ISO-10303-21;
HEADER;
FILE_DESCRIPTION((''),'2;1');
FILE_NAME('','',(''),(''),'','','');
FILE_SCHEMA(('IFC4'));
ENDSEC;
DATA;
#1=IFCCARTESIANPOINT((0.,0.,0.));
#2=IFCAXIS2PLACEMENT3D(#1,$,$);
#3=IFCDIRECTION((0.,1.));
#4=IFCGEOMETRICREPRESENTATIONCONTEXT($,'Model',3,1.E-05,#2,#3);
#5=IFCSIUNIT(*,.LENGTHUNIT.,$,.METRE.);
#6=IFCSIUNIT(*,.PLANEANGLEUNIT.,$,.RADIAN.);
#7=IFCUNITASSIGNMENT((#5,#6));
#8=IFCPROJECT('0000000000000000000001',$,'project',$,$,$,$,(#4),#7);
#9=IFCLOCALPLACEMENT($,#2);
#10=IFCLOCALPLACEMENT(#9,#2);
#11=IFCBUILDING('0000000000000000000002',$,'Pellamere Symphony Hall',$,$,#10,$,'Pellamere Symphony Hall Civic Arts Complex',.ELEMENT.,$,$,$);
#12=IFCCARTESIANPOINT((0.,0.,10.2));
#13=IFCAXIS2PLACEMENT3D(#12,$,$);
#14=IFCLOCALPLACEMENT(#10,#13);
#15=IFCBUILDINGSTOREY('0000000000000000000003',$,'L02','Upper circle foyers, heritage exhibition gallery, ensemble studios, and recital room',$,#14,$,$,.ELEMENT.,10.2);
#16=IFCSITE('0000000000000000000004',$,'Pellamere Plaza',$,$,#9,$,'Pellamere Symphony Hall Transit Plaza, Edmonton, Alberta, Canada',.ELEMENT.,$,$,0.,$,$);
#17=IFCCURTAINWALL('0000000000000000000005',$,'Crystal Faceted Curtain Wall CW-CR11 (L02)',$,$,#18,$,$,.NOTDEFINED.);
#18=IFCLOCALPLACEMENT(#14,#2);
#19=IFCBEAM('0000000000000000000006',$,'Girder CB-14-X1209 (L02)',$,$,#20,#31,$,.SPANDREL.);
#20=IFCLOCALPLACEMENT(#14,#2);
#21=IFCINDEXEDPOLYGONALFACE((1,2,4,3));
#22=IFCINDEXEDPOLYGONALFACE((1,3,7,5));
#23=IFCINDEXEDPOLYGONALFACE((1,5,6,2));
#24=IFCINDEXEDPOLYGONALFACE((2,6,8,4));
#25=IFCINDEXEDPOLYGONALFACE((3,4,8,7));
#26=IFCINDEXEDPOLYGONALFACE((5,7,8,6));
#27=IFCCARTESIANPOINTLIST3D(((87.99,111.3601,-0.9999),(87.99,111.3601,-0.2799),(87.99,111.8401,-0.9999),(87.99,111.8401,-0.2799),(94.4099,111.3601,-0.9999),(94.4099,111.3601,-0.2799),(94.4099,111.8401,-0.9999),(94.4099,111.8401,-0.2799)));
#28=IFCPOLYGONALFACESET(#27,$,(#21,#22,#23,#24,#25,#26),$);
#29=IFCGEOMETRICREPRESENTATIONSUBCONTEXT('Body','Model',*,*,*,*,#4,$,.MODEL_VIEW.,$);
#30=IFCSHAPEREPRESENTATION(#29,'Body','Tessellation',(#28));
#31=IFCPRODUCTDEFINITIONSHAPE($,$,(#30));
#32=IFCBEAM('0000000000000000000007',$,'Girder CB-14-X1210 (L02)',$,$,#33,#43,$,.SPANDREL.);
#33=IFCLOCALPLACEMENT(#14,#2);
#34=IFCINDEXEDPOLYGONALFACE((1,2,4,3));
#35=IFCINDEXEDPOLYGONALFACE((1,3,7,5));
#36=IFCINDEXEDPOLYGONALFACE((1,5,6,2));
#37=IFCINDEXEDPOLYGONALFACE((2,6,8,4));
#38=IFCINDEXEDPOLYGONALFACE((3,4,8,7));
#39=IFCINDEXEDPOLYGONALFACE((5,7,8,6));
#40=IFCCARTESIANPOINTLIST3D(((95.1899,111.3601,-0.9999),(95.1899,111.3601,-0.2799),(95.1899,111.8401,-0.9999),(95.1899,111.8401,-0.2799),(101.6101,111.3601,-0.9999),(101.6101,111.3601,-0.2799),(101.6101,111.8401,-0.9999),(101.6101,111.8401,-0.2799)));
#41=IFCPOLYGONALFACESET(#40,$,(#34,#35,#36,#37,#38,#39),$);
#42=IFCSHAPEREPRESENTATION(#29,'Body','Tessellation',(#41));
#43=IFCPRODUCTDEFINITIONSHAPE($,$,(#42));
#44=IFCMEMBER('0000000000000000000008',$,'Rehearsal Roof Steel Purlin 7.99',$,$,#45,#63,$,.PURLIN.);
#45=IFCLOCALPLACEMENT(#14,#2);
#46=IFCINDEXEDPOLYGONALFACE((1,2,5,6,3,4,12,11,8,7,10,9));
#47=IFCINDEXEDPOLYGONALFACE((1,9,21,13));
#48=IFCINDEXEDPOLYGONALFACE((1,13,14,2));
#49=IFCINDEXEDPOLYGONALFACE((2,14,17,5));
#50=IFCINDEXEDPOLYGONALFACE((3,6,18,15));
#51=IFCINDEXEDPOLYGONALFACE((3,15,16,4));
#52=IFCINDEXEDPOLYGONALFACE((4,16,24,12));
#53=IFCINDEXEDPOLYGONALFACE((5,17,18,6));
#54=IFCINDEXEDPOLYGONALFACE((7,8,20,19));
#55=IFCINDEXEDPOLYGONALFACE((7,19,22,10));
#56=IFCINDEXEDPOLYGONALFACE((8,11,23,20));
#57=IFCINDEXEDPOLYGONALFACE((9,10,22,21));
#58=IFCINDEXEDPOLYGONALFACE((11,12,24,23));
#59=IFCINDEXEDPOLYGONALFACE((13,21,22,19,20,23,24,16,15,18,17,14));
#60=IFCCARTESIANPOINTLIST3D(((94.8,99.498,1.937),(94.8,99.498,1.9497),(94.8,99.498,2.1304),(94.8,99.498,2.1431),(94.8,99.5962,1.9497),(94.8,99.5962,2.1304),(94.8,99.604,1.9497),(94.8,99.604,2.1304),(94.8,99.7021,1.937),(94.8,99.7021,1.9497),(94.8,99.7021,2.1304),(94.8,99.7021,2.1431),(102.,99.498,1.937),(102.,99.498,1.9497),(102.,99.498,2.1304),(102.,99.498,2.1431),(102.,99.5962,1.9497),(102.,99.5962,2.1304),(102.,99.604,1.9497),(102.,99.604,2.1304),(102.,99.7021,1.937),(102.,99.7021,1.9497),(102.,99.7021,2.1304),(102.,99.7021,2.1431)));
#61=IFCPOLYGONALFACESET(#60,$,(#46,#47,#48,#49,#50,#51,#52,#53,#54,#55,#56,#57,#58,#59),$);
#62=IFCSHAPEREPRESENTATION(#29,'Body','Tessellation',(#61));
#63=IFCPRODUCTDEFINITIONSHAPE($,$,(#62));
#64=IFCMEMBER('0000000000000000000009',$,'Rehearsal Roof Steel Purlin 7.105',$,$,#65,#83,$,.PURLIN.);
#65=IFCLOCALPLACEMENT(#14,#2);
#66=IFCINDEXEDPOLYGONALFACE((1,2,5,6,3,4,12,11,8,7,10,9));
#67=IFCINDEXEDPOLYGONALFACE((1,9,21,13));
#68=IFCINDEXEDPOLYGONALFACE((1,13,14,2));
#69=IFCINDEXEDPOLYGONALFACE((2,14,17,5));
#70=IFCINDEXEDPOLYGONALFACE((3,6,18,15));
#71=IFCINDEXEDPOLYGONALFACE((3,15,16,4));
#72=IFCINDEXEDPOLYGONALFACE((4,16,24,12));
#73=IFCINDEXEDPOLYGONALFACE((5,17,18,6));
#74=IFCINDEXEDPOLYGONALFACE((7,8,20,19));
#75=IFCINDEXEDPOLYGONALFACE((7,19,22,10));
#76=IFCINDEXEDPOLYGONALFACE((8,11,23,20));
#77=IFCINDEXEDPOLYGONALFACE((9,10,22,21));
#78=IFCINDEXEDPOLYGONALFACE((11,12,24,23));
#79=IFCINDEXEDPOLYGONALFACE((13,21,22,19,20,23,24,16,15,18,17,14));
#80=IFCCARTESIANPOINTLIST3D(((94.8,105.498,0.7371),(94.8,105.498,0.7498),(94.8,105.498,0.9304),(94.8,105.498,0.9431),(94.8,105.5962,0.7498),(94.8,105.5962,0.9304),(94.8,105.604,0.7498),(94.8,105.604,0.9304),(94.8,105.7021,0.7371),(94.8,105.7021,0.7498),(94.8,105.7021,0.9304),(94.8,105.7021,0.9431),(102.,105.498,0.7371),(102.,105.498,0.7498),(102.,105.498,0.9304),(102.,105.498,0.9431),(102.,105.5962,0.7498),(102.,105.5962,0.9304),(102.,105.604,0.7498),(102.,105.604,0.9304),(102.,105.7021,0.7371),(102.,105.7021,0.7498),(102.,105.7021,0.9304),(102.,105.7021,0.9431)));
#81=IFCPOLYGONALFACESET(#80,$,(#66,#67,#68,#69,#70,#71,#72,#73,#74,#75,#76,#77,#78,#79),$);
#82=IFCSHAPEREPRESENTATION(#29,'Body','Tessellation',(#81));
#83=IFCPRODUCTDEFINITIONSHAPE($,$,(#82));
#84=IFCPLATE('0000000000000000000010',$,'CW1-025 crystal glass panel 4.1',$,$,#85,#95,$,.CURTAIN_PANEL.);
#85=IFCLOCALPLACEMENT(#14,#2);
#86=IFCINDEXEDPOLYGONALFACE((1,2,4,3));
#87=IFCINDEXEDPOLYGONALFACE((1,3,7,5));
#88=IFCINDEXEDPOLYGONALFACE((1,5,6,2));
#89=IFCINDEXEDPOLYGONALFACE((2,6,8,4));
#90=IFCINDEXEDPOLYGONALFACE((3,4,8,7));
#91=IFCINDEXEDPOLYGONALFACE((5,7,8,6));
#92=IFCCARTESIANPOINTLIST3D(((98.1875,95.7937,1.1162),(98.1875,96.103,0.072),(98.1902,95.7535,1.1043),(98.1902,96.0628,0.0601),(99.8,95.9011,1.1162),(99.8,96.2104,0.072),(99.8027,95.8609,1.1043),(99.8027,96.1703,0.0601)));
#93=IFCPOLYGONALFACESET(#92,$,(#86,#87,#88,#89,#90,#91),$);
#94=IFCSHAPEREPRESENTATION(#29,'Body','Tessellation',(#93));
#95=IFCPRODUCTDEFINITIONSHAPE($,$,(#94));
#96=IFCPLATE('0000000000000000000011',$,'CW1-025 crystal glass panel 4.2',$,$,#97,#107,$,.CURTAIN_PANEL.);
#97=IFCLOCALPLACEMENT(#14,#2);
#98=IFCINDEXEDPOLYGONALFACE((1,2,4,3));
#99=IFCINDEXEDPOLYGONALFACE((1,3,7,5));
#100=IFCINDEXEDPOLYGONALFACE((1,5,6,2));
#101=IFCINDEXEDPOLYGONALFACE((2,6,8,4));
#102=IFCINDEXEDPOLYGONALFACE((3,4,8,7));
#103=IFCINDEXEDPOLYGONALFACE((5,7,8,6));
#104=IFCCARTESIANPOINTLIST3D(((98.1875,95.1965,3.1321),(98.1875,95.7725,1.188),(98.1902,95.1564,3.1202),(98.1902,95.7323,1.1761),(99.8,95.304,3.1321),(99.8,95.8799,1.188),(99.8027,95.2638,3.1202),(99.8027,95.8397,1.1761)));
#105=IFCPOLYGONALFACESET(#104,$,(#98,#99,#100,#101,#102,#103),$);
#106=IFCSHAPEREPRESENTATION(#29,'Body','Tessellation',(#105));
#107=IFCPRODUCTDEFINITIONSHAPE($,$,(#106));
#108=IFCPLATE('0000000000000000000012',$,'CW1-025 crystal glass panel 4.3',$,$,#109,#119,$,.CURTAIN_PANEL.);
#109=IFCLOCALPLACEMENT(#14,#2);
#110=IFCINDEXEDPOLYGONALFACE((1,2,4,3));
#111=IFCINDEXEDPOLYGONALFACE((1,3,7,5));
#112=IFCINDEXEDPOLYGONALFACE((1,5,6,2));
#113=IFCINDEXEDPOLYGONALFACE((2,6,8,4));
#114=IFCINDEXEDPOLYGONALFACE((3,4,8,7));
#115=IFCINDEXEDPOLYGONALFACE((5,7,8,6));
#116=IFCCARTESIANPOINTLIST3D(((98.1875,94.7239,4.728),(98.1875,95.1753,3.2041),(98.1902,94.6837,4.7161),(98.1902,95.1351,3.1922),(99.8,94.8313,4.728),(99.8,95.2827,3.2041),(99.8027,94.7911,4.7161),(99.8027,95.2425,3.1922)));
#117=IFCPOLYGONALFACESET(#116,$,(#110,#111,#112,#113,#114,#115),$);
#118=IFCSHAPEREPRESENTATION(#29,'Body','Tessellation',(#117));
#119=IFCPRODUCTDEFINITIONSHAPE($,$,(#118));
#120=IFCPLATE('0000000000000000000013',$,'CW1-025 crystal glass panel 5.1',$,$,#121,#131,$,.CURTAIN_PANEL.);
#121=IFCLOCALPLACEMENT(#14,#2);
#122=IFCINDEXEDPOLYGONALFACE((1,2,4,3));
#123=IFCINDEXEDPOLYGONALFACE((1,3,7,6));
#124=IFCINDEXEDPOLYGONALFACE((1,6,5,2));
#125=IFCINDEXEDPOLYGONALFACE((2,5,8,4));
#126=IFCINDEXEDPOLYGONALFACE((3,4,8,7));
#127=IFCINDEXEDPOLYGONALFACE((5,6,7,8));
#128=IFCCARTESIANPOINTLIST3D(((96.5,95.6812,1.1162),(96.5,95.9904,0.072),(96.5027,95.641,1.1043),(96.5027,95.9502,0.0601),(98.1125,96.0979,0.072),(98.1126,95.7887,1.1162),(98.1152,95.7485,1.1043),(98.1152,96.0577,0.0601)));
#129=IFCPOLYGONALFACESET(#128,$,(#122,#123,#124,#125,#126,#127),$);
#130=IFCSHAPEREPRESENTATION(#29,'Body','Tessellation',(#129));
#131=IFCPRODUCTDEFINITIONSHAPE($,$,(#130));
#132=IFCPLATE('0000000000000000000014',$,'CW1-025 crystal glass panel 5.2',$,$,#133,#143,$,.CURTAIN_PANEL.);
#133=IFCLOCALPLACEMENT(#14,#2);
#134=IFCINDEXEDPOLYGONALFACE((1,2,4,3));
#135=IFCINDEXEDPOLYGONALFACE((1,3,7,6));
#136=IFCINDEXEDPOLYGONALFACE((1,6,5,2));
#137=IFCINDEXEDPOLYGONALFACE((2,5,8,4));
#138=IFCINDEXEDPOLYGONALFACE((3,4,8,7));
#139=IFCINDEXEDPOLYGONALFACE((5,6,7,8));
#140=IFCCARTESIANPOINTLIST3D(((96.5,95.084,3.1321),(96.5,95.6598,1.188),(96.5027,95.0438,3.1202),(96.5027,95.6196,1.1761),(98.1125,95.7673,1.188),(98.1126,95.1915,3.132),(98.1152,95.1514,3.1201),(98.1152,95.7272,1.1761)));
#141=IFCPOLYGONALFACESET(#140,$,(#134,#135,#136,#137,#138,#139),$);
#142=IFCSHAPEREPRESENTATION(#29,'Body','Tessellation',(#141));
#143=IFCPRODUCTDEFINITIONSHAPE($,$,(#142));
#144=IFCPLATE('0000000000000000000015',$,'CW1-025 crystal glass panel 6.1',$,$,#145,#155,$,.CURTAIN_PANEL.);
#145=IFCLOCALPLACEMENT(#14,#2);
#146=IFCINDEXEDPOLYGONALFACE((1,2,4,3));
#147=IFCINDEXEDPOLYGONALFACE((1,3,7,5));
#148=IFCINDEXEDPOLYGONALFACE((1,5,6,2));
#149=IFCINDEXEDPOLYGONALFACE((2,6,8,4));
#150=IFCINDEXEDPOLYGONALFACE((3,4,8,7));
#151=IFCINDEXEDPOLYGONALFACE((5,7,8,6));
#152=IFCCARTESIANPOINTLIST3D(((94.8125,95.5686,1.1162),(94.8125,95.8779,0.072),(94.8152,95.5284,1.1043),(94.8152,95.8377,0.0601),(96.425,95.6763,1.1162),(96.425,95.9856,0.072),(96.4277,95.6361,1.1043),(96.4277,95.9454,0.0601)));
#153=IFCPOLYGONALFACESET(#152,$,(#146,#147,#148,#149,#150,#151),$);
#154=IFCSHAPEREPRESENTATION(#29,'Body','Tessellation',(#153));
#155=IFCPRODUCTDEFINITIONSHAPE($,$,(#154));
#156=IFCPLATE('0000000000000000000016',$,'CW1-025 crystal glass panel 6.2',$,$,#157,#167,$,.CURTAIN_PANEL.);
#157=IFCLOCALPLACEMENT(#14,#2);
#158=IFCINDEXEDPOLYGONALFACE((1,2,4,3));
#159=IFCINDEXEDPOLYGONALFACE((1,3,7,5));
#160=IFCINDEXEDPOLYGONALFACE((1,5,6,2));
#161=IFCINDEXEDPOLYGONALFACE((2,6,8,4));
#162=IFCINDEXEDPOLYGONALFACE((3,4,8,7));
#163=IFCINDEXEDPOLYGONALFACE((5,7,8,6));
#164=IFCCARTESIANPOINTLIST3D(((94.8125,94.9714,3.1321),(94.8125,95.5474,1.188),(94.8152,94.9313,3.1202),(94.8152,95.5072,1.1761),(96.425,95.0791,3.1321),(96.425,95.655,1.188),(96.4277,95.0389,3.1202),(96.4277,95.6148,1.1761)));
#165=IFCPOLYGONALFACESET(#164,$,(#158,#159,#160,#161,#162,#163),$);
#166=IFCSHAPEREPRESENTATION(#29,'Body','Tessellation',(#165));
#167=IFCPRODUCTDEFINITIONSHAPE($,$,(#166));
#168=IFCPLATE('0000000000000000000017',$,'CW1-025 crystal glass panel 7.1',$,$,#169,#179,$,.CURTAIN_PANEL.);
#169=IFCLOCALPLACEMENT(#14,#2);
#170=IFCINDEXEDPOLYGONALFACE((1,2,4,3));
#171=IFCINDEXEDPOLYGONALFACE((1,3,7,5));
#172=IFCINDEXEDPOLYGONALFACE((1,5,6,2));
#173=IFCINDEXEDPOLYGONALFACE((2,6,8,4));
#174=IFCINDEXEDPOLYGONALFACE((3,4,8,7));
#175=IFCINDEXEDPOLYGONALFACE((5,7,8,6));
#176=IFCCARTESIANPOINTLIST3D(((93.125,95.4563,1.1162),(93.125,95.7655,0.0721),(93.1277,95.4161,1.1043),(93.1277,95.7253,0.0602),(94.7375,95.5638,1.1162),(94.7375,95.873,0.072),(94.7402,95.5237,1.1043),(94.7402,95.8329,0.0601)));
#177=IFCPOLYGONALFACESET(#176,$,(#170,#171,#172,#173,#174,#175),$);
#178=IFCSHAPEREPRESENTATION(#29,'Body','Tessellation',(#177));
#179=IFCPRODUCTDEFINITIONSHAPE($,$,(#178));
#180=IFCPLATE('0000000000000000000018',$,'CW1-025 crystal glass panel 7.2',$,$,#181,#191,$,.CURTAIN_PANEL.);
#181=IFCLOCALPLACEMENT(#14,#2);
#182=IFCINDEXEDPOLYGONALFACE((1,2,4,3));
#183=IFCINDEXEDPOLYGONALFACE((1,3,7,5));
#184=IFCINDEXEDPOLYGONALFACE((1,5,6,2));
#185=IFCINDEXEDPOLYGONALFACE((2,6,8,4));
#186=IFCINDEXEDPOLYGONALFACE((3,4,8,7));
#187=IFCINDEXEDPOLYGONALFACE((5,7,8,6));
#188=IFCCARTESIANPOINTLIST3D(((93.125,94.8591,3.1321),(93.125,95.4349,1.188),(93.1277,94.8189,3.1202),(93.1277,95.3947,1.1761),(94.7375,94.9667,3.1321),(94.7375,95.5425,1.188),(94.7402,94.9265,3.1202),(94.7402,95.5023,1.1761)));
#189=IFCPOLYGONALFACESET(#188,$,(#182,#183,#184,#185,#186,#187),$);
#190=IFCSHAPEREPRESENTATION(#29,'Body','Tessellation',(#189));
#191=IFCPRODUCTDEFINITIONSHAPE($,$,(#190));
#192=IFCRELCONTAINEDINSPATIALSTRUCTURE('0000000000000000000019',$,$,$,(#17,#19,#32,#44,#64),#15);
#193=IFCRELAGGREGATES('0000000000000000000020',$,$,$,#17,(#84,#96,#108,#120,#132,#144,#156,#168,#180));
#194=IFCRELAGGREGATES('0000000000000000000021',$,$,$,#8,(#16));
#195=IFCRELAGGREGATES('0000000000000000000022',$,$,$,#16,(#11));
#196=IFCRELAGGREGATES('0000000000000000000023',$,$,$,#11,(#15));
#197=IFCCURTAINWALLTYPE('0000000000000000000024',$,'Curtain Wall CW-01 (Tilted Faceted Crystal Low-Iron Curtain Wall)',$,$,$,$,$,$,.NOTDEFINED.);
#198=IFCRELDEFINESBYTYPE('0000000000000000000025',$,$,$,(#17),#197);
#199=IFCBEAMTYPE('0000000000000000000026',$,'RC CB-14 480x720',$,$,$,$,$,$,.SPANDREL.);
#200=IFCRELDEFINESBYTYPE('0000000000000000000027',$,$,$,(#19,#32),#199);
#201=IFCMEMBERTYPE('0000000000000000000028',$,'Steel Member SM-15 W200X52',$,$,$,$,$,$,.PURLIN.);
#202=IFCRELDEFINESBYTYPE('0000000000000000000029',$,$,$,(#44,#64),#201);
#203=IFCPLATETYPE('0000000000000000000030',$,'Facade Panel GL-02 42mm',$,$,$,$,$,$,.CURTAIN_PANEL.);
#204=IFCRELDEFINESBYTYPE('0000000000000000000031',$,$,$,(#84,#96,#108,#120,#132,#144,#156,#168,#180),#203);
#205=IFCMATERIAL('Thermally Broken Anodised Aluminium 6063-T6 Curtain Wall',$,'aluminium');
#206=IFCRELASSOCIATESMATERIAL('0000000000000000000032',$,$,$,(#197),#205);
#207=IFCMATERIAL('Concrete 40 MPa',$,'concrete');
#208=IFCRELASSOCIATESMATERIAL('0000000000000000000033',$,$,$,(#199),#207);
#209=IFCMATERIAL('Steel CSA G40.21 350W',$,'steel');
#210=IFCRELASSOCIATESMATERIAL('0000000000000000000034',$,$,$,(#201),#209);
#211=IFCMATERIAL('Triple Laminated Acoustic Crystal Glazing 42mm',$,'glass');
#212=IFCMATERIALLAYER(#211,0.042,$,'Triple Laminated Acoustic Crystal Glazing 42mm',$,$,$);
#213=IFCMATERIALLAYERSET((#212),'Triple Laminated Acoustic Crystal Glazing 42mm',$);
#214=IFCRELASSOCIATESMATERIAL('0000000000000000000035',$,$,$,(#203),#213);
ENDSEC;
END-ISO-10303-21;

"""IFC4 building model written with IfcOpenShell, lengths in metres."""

from ifc_helpers import new_model, si_unit, direction, frame, origin, origin_2d, place, context, subcontext, project, spatial, polyline, rectangle, i_section, outline, extrude, material, layer, layer_set, material_profile, profile_set, type_object, element, aggregate, save


model = new_model("IFC4")

# Units and contexts
model_context = context("Model", 3, precision=1e-05, world=origin(), true_north=direction((0.0, 1.0)))
body_context = subcontext(model_context, "Body", "Model", "MODEL_VIEW")
ifc_project = project(units=[si_unit("LENGTHUNIT", "METRE"), si_unit("PLANEANGLEUNIT", "RADIAN")], contexts=[model_context])

# Site, building, storey
site_placement = place(None, origin())
site = spatial("IfcSite", under=ifc_project, at=site_placement, Name="Pellamere Plaza", LongName="Pellamere Symphony Hall Transit Plaza, Edmonton, Alberta, Canada", CompositionType="ELEMENT", RefElevation=0.0)
building_placement = place(site_placement, origin())
building = spatial("IfcBuilding", under=site, at=building_placement, Name="Pellamere Symphony Hall", LongName="Pellamere Symphony Hall Civic Arts Complex", CompositionType="ELEMENT")
storey_placement = place(building_placement, frame((0.0, 0.0, 10.2)))
storey = spatial("IfcBuildingStorey", under=building, at=storey_placement, Name="L02", Description="Upper circle foyers, heritage exhibition gallery, ensemble studios, and recital room", CompositionType="ELEMENT", Elevation=10.2)

# Curtain wall
ifc_material_1 = material(Name="Thermally Broken Anodised Aluminium 6063-T6 Curtain Wall", Category="aluminium")
curtain_wall_type = type_object("IfcCurtainWallType", Name="Curtain Wall CW-01 (Tilted Faceted Crystal Low-Iron Curtain Wall)", PredefinedType="NOTDEFINED", material=ifc_material_1)
curtain_wall_1_placement = place(storey_placement, origin())
curtain_wall_1 = element("IfcCurtainWall", 1, at=curtain_wall_1_placement, inside=storey, type_object=curtain_wall_type, Name="Crystal Faceted Curtain Wall CW-CR11 (L02)", PredefinedType="NOTDEFINED")

# Beams
ifc_material_2 = material(Name="Concrete 40 MPa", Category="concrete")
ifc_material_profile_1 = material_profile(ifc_material_2, rectangle(XDim=0.48, YDim=0.72, at=origin_2d()), Name="RC 480x720")
ifc_profile_set_1 = profile_set([ifc_material_profile_1], Name="Concrete 40 MPa")
beam_type = type_object("IfcBeamType", Name="RC CB-14 480x720", PredefinedType="SPANDREL", material=ifc_profile_set_1)
beam_1_placement = place(storey_placement, frame((87.99, 111.6001, -0.6399), z_axis=(1.0, 0.0, 0.0), x_axis=(0.0, 1.0, 0.0)))
element("IfcBeam", 2, at=beam_1_placement, inside=storey, type_object=beam_type, Name="Girder CB-14-X1209 (L02)", PredefinedType="SPANDREL", context=body_context, shape_type="SweptSolid", body=[
    extrude(rectangle(XDim=0.48, YDim=0.72, at=origin_2d()), origin(), (0.0, 0.0, 1.0), 6.4199),
])
beam_2_placement = place(storey_placement, frame((95.1899, 111.6001, -0.6399), z_axis=(1.0, 0.0, 0.0), x_axis=(0.0, 1.0, 0.0)))
element("IfcBeam", 3, at=beam_2_placement, inside=storey, type_object=beam_type, Name="Girder CB-14-X1210 (L02)", PredefinedType="SPANDREL", context=body_context, shape_type="SweptSolid", body=[
    extrude(rectangle(XDim=0.48, YDim=0.72, at=origin_2d()), origin(), (0.0, 0.0, 1.0), 6.4202),
])

# Members
ifc_material_3 = material(Name="Steel CSA G40.21 350W", Category="steel")
ifc_material_profile_2 = material_profile(ifc_material_3, i_section(OverallWidth=0.2041, OverallDepth=0.2061, WebThickness=0.0078, FlangeThickness=0.0127, at=origin_2d()), Name="W200X52")
ifc_profile_set_2 = profile_set([ifc_material_profile_2], Name="Steel CSA G40.21 350W")
member_type_1 = type_object("IfcMemberType", Name="Steel Member SM-15 W200X52", PredefinedType="PURLIN", material=ifc_profile_set_2)
for number, where, z_axis, x_axis, name in (
    (4, (94.8, 99.6001, 2.04), (1.0, 0.0, 0.0), (0.0, 1.0, 0.0), "Rehearsal Roof Steel Purlin 7.99"),
    (5, (94.8, 105.6001, 0.8401), (1.0, 0.0, 0.0), (0.0, 1.0, 0.0), "Rehearsal Roof Steel Purlin 7.105"),
):
    element("IfcMember", number, at=place(storey_placement, frame(where, z_axis=z_axis, x_axis=x_axis)), inside=storey, type_object=member_type_1, Name=name, PredefinedType="PURLIN", context=body_context, shape_type="SweptSolid", body=[
        extrude(i_section(OverallWidth=0.2041, OverallDepth=0.2061, WebThickness=0.0078, FlangeThickness=0.0127, at=origin_2d()), origin(), (0.0, 0.0, 1.0), 7.2),
    ])

# Plates
ifc_material_4 = material(Name="Triple Laminated Acoustic Crystal Glazing 42mm", Category="glass")
ifc_layer = layer(ifc_material_4, 0.042, Name="Triple Laminated Acoustic Crystal Glazing 42mm")
ifc_layer_set = layer_set([ifc_layer], Name="Triple Laminated Acoustic Crystal Glazing 42mm")
plate_type = type_object("IfcPlateType", Name="Facade Panel GL-02 42mm", PredefinedType="CURTAIN_PANEL", material=ifc_layer_set)
plate_1_placement = place(storey_placement, frame((99.8, 96.2104, 0.072), z_axis=(-0.063743, 0.956864, 0.283457), x_axis=(-0.997788, -0.066469, 0.0)))
plate_1 = element("IfcPlate", 6, at=plate_1_placement, type_object=plate_type, Name="CW1-025 crystal glass panel 4.1", PredefinedType="CURTAIN_PANEL", context=body_context, shape_type="SweptSolid", body=[
    extrude(outline(polyline([(0.0, 0.0), (1.6161, 0.0), (1.6367, 1.0888), (0.0206, 1.0888), (0.0, 0.0)])), origin(), (0.0, 0.0, -1.0), 0.042),
])
plate_2_placement = place(storey_placement, frame((99.8, 95.8799, 1.188), z_axis=(-0.063742, 0.956862, 0.283466), x_axis=(-0.997788, -0.066469, 0.0)))
plate_2 = element("IfcPlate", 7, at=plate_2_placement, type_object=plate_type, Name="CW1-025 crystal glass panel 4.2", PredefinedType="CURTAIN_PANEL", context=body_context, shape_type="SweptSolid", body=[
    extrude(outline(polyline([(0.0, 0.0), (1.6161, 0.0), (1.6544, 2.0272), (0.0383, 2.0272), (0.0, 0.0)])), origin(), (0.0, 0.0, -1.0), 0.042),
])
plate_3_placement = place(storey_placement, frame((99.8, 95.2827, 3.2041), z_axis=(-0.063743, 0.956868, 0.283443), x_axis=(-0.997788, -0.066469, 0.0)))
plate_3 = element("IfcPlate", 8, at=plate_3_placement, type_object=plate_type, Name="CW1-025 crystal glass panel 4.3", PredefinedType="CURTAIN_PANEL", context=body_context, shape_type="SweptSolid", body=[
    extrude(outline(polyline([(0.0, 0.0), (1.6161, 0.0), (1.6461, 1.5891), (0.03, 1.5891), (0.0, 0.0)])), origin(), (0.0, 0.0, -1.0), 0.042),
])
plate_4_placement = place(storey_placement, frame((98.1125, 96.0979, 0.072), z_axis=(-0.063817, 0.95689, 0.283353), x_axis=(-0.997784, -0.066538, -0.00002)))
plate_4 = element("IfcPlate", 9, at=plate_4_placement, type_object=plate_type, Name="CW1-025 crystal glass panel 5.1", PredefinedType="CURTAIN_PANEL", context=body_context, shape_type="SweptSolid", body=[
    extrude(outline(polyline([(0.0, 0.0), (1.6161, 0.0), (1.6367, 1.0888), (0.0205, 1.0888), (0.0, 0.0)])), origin(), (0.0, 0.0, -1.0), 0.042),
])
plate_5_placement = place(storey_placement, frame((98.1125, 95.7673, 1.188), z_axis=(-0.063816, 0.956873, 0.283409), x_axis=(-0.997784, -0.066538, -0.00002)))
plate_5 = element("IfcPlate", 10, at=plate_5_placement, type_object=plate_type, Name="CW1-025 crystal glass panel 5.2", PredefinedType="CURTAIN_PANEL", context=body_context, shape_type="SweptSolid", body=[
    extrude(outline(polyline([(0.0, 0.0), (1.6161, 0.0), (1.6544, 2.0272), (0.0383, 2.0272), (0.0, 0.0)])), origin(), (0.0, 0.0, -1.0), 0.042),
])
plate_6_placement = place(storey_placement, frame((96.425, 95.9856, 0.072), z_axis=(-0.063887, 0.956855, 0.283455), x_axis=(-0.997778, -0.066619, 0.0)))
plate_6 = element("IfcPlate", 11, at=plate_6_placement, type_object=plate_type, Name="CW1-025 crystal glass panel 6.1", PredefinedType="CURTAIN_PANEL", context=body_context, shape_type="SweptSolid", body=[
    extrude(outline(polyline([(0.0, 0.0), (1.6161, 0.0), (1.6367, 1.0888), (0.0206, 1.0888), (0.0, 0.0)])), origin(), (0.0, 0.0, -1.0), 0.042),
])
plate_7_placement = place(storey_placement, frame((96.425, 95.655, 1.188), z_axis=(-0.063887, 0.956853, 0.283463), x_axis=(-0.997778, -0.066619, 0.0)))
plate_7 = element("IfcPlate", 12, at=plate_7_placement, type_object=plate_type, Name="CW1-025 crystal glass panel 6.2", PredefinedType="CURTAIN_PANEL", context=body_context, shape_type="SweptSolid", body=[
    extrude(outline(polyline([(0.0, 0.0), (1.6161, 0.0), (1.6545, 2.0272), (0.0384, 2.0272), (0.0, 0.0)])), origin(), (0.0, 0.0, -1.0), 0.042),
])
plate_8_placement = place(storey_placement, frame((94.7375, 95.873, 0.072), z_axis=(-0.063817, 0.95689, 0.283353), x_axis=(-0.997783, -0.06655, 0.00002)))
plate_8 = element("IfcPlate", 13, at=plate_8_placement, type_object=plate_type, Name="CW1-025 crystal glass panel 7.1", PredefinedType="CURTAIN_PANEL", context=body_context, shape_type="SweptSolid", body=[
    extrude(outline(polyline([(0.0, 0.0), (1.6161, 0.0), (1.6367, 1.0888), (0.0206, 1.0888), (0.0, 0.0)])), origin(), (0.0, 0.0, -1.0), 0.042),
])
plate_9_placement = place(storey_placement, frame((94.7375, 95.5425, 1.188), z_axis=(-0.063816, 0.956873, 0.283409), x_axis=(-0.997783, -0.06655, 0.00002)))
plate_9 = element("IfcPlate", 14, at=plate_9_placement, type_object=plate_type, Name="CW1-025 crystal glass panel 7.2", PredefinedType="CURTAIN_PANEL", context=body_context, shape_type="SweptSolid", body=[
    extrude(outline(polyline([(0.0, 0.0), (1.6161, 0.0), (1.6545, 2.0272), (0.0384, 2.0272), (0.0, 0.0)])), origin(), (0.0, 0.0, -1.0), 0.042),
])
aggregate(curtain_wall_1, [plate_1, plate_2, plate_3, plate_4, plate_5, plate_6, plate_7, plate_8, plate_9])

save(model, "model.ifc")
